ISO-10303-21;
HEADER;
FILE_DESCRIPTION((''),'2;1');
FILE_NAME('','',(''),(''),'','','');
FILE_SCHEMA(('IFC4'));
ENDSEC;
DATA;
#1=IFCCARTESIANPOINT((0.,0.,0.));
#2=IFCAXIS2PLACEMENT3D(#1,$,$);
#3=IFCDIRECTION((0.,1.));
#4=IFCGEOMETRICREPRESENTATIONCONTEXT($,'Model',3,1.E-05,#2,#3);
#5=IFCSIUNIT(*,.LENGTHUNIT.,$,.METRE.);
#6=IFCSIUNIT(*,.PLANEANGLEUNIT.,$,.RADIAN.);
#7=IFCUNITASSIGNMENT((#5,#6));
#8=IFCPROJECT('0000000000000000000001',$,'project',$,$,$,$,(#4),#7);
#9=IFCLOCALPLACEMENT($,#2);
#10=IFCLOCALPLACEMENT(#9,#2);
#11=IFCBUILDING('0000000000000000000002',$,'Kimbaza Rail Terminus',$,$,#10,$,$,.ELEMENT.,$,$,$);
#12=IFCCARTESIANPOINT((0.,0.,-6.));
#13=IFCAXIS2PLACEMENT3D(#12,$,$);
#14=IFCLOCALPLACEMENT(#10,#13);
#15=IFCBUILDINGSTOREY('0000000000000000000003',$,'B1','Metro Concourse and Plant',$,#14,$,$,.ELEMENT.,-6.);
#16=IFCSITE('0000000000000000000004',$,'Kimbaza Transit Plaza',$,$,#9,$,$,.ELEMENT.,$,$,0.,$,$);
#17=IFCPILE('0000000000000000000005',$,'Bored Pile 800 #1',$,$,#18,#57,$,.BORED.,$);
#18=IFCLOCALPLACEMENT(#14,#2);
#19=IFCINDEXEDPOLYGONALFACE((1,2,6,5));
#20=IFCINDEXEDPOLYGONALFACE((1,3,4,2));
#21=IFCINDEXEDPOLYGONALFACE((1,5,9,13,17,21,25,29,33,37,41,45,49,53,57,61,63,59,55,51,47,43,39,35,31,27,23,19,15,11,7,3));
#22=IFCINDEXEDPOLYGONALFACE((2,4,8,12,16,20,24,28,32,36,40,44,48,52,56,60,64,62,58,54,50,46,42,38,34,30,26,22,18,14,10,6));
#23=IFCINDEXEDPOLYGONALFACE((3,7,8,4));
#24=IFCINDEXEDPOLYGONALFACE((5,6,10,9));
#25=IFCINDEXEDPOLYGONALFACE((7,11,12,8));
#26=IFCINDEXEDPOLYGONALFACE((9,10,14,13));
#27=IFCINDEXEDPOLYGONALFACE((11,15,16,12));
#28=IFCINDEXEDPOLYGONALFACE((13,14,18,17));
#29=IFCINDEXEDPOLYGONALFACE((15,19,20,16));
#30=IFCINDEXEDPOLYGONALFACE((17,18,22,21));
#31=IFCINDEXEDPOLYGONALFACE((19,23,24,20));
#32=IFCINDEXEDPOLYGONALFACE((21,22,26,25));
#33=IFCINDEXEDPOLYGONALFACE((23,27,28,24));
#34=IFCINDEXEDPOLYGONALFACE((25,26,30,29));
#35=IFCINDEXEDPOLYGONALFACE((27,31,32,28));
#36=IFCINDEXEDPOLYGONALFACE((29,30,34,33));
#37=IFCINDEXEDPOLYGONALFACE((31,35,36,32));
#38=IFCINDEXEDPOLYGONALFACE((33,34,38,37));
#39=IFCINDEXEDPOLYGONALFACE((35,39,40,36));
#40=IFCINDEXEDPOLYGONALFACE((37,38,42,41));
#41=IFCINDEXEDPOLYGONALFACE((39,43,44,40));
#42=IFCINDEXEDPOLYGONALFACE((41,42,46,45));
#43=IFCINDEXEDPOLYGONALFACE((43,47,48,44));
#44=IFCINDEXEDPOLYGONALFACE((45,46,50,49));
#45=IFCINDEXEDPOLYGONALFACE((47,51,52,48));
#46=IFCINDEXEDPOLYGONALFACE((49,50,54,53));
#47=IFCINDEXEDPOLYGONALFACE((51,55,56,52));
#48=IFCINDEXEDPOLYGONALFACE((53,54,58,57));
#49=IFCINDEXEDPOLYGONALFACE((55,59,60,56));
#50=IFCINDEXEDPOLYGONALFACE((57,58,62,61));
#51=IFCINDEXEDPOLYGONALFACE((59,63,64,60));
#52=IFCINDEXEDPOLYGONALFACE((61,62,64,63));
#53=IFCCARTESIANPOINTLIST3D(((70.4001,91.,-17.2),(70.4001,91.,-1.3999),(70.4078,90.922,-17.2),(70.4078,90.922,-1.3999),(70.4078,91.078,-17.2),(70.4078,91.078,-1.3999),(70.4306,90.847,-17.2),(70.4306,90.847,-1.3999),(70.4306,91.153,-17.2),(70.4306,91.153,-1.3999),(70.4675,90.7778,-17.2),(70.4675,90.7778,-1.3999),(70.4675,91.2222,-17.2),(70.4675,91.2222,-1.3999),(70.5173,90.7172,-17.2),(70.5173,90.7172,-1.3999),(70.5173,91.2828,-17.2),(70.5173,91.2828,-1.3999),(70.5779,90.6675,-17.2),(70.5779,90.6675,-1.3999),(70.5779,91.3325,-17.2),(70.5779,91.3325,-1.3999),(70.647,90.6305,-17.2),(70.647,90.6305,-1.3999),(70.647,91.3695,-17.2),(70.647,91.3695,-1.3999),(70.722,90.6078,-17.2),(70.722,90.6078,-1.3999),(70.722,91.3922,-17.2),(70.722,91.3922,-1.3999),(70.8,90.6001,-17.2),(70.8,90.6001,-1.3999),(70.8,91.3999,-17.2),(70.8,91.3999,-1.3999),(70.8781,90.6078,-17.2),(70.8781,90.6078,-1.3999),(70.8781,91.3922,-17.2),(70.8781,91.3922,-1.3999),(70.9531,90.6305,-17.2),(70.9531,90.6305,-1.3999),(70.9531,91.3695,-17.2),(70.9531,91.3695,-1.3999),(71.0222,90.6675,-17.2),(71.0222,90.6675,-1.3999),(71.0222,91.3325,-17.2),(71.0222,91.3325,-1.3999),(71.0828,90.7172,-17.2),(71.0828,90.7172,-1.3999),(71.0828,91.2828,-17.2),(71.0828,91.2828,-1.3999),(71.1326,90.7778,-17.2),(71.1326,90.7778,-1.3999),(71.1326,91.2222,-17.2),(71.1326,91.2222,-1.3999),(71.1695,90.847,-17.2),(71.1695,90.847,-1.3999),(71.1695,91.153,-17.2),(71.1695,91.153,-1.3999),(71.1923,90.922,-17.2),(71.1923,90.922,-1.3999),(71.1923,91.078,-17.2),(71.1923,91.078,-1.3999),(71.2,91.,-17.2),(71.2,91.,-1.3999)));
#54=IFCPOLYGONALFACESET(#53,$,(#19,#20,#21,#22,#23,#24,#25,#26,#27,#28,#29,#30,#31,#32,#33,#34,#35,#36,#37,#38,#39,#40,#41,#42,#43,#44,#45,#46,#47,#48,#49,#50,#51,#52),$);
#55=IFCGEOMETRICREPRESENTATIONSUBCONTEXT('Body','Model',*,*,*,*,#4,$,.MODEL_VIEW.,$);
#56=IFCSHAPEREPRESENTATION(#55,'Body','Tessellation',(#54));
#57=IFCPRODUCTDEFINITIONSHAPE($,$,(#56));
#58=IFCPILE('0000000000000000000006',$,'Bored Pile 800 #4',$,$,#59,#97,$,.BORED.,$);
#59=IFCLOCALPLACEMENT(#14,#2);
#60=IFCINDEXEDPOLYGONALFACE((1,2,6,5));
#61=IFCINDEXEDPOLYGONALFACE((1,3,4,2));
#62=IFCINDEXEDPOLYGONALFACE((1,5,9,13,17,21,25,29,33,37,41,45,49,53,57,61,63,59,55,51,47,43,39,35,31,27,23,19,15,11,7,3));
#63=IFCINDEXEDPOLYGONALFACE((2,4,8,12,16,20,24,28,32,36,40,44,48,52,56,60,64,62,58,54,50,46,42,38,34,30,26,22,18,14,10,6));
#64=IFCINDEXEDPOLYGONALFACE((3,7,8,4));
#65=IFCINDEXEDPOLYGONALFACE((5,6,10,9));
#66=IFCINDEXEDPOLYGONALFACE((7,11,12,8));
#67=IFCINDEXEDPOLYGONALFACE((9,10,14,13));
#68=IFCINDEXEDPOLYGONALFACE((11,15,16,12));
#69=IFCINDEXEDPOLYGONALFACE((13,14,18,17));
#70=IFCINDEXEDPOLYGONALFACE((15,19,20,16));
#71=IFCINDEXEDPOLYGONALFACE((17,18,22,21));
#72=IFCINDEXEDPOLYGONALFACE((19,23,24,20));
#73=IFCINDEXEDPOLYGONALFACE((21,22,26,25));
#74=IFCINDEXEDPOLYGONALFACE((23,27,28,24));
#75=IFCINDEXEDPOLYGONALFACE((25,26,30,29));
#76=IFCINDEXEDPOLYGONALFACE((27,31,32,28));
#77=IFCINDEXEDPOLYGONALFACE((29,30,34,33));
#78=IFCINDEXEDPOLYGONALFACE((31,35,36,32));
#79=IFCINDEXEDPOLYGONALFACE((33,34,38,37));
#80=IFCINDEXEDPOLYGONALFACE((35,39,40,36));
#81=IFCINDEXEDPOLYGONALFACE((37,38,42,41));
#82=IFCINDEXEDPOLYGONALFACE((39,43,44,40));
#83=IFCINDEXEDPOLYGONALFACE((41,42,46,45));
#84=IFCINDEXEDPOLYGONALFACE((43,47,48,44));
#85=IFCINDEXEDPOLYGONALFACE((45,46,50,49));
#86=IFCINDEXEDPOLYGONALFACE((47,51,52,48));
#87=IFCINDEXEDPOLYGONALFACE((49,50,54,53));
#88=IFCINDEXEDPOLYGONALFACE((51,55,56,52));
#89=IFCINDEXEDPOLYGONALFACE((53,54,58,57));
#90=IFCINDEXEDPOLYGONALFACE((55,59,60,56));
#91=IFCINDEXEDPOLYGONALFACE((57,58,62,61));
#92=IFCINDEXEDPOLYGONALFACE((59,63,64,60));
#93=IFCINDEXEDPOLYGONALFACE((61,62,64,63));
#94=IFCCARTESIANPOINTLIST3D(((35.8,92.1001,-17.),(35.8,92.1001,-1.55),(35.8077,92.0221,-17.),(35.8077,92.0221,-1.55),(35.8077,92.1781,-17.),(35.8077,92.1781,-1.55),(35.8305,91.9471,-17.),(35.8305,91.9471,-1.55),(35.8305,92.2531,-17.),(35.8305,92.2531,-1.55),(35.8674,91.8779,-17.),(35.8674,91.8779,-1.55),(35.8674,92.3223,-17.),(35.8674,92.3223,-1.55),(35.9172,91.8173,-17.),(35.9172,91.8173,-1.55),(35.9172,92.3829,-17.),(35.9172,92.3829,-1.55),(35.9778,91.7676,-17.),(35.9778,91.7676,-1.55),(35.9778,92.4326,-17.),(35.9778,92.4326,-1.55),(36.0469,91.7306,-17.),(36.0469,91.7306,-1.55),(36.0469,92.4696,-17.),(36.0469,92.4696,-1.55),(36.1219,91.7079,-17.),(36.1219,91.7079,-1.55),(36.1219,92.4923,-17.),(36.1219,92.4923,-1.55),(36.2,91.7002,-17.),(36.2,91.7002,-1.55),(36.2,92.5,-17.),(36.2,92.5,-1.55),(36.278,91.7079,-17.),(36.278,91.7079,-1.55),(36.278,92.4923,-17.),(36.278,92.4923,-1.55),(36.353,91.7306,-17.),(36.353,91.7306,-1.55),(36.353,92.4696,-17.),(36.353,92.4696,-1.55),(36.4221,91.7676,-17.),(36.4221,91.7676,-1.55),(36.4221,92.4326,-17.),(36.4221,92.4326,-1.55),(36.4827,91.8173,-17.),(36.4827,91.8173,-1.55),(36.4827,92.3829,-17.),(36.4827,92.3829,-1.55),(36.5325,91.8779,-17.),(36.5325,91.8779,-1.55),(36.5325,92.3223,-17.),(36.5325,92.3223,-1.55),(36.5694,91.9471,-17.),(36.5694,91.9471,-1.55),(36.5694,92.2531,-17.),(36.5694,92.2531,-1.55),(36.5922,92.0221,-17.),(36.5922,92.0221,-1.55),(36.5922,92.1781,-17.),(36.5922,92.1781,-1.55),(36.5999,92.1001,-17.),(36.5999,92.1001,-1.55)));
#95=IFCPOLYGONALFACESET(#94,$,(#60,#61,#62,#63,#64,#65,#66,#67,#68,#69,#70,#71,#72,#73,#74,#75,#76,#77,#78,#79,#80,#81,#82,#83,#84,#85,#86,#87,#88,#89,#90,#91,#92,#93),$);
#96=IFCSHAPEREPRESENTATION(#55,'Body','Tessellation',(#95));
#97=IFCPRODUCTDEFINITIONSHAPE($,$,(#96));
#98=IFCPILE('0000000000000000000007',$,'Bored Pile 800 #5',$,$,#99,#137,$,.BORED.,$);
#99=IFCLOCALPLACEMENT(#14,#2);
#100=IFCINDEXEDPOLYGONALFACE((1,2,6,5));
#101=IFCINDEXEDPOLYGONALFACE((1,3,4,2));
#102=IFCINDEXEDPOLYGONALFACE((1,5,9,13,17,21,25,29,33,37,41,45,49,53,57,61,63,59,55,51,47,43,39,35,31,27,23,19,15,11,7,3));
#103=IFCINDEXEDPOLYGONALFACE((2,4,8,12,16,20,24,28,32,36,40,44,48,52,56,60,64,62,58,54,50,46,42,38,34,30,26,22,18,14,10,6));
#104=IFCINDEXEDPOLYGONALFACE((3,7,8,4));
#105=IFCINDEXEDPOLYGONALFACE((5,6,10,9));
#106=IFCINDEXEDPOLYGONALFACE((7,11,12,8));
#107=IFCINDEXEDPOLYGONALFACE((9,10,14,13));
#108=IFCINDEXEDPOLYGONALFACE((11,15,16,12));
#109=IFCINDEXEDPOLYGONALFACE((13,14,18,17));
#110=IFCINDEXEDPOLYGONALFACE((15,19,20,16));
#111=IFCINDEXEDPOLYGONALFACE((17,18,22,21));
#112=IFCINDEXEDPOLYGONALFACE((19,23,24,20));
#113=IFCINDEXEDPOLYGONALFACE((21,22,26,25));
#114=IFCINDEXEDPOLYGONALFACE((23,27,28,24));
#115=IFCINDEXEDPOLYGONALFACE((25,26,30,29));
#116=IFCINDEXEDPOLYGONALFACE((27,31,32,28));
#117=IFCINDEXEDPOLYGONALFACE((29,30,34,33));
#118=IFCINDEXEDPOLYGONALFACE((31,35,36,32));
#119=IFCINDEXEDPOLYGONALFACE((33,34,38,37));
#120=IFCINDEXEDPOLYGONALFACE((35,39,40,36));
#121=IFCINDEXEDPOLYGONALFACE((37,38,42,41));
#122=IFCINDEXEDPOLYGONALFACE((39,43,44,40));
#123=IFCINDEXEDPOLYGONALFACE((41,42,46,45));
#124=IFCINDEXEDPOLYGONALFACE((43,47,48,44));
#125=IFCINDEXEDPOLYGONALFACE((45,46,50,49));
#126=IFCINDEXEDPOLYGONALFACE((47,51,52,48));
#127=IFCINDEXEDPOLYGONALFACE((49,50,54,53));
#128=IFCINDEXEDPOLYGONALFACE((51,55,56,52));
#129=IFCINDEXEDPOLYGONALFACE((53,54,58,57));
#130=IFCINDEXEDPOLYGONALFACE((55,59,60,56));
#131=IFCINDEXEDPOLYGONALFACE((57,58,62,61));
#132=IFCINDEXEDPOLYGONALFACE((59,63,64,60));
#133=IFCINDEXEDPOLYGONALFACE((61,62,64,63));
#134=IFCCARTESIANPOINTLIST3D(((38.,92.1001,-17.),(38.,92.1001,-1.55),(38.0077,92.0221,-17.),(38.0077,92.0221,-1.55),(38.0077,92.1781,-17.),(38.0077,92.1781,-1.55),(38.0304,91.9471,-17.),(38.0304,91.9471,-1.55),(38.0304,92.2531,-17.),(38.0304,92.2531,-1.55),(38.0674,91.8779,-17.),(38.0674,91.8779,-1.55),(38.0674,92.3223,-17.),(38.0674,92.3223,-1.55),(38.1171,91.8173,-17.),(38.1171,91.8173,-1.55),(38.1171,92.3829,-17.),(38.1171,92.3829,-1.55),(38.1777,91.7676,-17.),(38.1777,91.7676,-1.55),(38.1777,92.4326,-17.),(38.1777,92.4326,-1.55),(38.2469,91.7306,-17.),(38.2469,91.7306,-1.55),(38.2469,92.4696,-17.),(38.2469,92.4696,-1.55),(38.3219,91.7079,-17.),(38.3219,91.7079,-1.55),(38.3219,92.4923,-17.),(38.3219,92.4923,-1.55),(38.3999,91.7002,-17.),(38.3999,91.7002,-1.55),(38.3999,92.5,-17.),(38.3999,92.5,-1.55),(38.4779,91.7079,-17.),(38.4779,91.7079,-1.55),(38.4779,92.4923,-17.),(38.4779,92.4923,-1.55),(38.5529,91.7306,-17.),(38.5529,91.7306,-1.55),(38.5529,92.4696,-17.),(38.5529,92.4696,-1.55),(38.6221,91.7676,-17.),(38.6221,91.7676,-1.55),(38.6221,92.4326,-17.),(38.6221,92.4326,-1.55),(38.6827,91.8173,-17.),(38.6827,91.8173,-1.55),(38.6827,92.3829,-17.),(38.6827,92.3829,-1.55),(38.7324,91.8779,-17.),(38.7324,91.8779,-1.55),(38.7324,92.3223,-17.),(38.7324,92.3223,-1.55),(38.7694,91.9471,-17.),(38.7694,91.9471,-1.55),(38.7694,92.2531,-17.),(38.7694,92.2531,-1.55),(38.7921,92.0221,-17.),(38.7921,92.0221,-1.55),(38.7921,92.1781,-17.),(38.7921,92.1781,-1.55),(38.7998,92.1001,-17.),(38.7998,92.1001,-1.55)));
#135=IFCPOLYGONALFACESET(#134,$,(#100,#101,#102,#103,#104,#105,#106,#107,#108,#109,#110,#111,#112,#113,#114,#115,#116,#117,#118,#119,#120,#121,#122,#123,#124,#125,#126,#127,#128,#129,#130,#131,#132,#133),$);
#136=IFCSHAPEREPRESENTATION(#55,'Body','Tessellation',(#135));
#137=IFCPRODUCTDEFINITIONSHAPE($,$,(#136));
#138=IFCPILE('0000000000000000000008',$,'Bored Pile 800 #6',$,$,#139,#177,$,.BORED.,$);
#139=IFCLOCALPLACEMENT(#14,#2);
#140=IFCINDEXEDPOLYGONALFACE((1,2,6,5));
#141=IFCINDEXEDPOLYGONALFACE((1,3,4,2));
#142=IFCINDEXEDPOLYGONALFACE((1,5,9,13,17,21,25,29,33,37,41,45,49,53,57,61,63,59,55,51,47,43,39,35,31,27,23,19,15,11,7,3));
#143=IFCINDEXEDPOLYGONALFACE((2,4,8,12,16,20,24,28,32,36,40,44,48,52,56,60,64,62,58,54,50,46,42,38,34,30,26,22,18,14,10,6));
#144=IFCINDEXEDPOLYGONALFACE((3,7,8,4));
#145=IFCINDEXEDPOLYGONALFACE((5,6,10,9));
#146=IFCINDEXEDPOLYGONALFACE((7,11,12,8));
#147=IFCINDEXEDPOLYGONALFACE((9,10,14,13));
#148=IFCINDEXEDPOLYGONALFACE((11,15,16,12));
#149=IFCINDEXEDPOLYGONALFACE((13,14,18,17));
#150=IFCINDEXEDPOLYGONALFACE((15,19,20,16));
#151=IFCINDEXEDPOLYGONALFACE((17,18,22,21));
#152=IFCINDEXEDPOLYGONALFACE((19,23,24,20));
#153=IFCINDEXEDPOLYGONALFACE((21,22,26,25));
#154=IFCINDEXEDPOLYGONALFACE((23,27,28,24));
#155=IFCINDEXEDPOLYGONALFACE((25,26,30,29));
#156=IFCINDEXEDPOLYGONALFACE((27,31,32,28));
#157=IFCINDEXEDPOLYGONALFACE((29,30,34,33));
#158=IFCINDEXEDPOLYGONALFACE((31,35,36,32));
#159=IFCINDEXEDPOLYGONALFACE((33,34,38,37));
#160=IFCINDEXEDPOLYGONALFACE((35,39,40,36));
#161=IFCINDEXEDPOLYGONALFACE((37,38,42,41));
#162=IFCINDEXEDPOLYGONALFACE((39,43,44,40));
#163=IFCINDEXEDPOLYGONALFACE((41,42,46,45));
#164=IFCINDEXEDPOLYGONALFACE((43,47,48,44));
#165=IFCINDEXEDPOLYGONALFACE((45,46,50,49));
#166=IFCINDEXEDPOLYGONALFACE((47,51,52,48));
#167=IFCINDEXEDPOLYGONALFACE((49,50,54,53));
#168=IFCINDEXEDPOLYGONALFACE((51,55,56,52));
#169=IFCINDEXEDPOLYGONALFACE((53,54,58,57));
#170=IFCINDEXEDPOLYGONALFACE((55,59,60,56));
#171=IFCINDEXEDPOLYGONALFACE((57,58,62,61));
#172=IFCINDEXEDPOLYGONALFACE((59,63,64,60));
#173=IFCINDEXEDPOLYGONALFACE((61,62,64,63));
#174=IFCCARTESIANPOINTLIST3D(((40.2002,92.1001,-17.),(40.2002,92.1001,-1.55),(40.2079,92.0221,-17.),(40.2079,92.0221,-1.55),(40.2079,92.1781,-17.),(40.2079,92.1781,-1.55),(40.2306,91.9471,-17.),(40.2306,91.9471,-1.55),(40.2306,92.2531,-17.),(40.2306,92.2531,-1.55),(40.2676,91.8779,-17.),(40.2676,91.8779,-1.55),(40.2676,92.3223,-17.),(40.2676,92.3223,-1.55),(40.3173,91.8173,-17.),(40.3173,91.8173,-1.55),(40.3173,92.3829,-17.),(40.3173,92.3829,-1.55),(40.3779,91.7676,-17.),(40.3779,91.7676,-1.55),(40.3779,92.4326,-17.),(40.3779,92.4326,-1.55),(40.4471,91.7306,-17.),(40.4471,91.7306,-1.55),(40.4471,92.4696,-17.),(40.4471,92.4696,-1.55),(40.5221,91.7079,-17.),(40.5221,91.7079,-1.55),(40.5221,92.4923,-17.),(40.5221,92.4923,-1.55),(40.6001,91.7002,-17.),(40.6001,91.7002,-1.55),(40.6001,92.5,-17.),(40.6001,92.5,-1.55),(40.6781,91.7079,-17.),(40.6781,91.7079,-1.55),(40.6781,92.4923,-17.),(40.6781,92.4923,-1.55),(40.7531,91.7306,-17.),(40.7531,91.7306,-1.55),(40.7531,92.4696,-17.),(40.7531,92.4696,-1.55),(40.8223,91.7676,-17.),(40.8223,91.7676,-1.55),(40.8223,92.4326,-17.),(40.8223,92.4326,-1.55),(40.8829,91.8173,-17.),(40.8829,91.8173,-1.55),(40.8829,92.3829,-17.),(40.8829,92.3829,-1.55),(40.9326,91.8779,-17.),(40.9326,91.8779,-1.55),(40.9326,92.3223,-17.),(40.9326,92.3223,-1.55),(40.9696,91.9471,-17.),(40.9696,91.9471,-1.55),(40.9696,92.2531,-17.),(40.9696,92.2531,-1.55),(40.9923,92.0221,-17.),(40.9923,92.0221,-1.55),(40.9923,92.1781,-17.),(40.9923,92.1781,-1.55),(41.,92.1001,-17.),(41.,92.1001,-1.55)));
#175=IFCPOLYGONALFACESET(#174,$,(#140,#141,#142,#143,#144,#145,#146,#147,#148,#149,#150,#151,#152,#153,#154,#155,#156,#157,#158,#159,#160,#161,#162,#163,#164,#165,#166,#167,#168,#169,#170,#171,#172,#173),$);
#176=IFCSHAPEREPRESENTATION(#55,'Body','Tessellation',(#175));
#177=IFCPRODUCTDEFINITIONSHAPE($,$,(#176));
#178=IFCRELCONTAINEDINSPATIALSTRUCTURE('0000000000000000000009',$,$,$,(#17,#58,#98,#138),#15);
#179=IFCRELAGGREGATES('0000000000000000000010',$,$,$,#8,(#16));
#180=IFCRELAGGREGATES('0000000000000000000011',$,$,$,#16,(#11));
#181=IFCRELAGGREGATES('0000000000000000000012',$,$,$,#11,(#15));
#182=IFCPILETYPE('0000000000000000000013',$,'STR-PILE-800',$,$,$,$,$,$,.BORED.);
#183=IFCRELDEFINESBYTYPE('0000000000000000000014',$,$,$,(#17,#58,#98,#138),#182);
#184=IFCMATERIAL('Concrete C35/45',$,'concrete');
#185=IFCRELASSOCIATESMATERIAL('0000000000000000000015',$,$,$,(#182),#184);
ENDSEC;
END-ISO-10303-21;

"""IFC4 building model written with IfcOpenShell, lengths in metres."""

from ifc_helpers import new_model, si_unit, direction, frame, origin, origin_2d, place, context, subcontext, project, spatial, circle, extrude, material, material_profile, profile_set, type_object, element, save


model = new_model("IFC4")

# Units and contexts
model_context = context("Model", 3, precision=1e-05, world=origin(), true_north=direction((0.0, 1.0)))
body_context = subcontext(model_context, "Body", "Model", "MODEL_VIEW")
ifc_project = project(units=[si_unit("LENGTHUNIT", "METRE"), si_unit("PLANEANGLEUNIT", "RADIAN")], contexts=[model_context])

# Site, building, storey
site_placement = place(None, origin())
site = spatial("IfcSite", under=ifc_project, at=site_placement, Name="Kimbaza Transit Plaza", CompositionType="ELEMENT", RefElevation=0.0)
building_placement = place(site_placement, origin())
building = spatial("IfcBuilding", under=site, at=building_placement, Name="Kimbaza Rail Terminus", CompositionType="ELEMENT")
storey_placement = place(building_placement, frame((0.0, 0.0, -6.0)))
storey = spatial("IfcBuildingStorey", under=building, at=storey_placement, Name="B1", Description="Metro Concourse and Plant", CompositionType="ELEMENT", Elevation=-6.0)

# Piles
ifc_material_1 = material(Name="Concrete C35/45", Category="concrete")
ifc_material_profile_1 = material_profile(ifc_material_1, circle(Radius=0.3999, at=origin_2d()), Name="BORED PILE 800")
ifc_profile_set_1 = profile_set([ifc_material_profile_1], Name="Concrete C35/45")
pile_type = type_object("IfcPileType", Name="STR-PILE-800", PredefinedType="BORED", material=ifc_profile_set_1)
pile_1_placement = place(storey_placement, frame((70.8, 91.0, -1.3999), z_axis=(0.0, 0.0, -1.0), x_axis=(1.0, 0.0, 0.0)))
element("IfcPile", 1, at=pile_1_placement, inside=storey, type_object=pile_type, Name="Bored Pile 800 #1", PredefinedType="BORED", context=body_context, shape_type="SweptSolid", body=[
    extrude(circle(Radius=0.3999, at=origin_2d()), origin(), (0.0, 0.0, 1.0), 15.8),
])
for number, where, z_axis, x_axis, name in (
    (2, (36.2, 92.1001, -1.55), (0.0, 0.0, -1.0), (1.0, 0.0, 0.0), "Bored Pile 800 #4"),
    (3, (38.3999, 92.1001, -1.55), (0.0, 0.0, -1.0), (1.0, 0.0, 0.0), "Bored Pile 800 #5"),
    (4, (40.6001, 92.1001, -1.55), (0.0, 0.0, -1.0), (1.0, 0.0, 0.0), "Bored Pile 800 #6"),
):
    element("IfcPile", number, at=place(storey_placement, frame(where, z_axis=z_axis, x_axis=x_axis)), inside=storey, type_object=pile_type, Name=name, PredefinedType="BORED", context=body_context, shape_type="SweptSolid", body=[
        extrude(circle(Radius=0.3999, at=origin_2d()), origin(), (0.0, 0.0, 1.0), 15.45),
    ])

save(model, "model.ifc")
